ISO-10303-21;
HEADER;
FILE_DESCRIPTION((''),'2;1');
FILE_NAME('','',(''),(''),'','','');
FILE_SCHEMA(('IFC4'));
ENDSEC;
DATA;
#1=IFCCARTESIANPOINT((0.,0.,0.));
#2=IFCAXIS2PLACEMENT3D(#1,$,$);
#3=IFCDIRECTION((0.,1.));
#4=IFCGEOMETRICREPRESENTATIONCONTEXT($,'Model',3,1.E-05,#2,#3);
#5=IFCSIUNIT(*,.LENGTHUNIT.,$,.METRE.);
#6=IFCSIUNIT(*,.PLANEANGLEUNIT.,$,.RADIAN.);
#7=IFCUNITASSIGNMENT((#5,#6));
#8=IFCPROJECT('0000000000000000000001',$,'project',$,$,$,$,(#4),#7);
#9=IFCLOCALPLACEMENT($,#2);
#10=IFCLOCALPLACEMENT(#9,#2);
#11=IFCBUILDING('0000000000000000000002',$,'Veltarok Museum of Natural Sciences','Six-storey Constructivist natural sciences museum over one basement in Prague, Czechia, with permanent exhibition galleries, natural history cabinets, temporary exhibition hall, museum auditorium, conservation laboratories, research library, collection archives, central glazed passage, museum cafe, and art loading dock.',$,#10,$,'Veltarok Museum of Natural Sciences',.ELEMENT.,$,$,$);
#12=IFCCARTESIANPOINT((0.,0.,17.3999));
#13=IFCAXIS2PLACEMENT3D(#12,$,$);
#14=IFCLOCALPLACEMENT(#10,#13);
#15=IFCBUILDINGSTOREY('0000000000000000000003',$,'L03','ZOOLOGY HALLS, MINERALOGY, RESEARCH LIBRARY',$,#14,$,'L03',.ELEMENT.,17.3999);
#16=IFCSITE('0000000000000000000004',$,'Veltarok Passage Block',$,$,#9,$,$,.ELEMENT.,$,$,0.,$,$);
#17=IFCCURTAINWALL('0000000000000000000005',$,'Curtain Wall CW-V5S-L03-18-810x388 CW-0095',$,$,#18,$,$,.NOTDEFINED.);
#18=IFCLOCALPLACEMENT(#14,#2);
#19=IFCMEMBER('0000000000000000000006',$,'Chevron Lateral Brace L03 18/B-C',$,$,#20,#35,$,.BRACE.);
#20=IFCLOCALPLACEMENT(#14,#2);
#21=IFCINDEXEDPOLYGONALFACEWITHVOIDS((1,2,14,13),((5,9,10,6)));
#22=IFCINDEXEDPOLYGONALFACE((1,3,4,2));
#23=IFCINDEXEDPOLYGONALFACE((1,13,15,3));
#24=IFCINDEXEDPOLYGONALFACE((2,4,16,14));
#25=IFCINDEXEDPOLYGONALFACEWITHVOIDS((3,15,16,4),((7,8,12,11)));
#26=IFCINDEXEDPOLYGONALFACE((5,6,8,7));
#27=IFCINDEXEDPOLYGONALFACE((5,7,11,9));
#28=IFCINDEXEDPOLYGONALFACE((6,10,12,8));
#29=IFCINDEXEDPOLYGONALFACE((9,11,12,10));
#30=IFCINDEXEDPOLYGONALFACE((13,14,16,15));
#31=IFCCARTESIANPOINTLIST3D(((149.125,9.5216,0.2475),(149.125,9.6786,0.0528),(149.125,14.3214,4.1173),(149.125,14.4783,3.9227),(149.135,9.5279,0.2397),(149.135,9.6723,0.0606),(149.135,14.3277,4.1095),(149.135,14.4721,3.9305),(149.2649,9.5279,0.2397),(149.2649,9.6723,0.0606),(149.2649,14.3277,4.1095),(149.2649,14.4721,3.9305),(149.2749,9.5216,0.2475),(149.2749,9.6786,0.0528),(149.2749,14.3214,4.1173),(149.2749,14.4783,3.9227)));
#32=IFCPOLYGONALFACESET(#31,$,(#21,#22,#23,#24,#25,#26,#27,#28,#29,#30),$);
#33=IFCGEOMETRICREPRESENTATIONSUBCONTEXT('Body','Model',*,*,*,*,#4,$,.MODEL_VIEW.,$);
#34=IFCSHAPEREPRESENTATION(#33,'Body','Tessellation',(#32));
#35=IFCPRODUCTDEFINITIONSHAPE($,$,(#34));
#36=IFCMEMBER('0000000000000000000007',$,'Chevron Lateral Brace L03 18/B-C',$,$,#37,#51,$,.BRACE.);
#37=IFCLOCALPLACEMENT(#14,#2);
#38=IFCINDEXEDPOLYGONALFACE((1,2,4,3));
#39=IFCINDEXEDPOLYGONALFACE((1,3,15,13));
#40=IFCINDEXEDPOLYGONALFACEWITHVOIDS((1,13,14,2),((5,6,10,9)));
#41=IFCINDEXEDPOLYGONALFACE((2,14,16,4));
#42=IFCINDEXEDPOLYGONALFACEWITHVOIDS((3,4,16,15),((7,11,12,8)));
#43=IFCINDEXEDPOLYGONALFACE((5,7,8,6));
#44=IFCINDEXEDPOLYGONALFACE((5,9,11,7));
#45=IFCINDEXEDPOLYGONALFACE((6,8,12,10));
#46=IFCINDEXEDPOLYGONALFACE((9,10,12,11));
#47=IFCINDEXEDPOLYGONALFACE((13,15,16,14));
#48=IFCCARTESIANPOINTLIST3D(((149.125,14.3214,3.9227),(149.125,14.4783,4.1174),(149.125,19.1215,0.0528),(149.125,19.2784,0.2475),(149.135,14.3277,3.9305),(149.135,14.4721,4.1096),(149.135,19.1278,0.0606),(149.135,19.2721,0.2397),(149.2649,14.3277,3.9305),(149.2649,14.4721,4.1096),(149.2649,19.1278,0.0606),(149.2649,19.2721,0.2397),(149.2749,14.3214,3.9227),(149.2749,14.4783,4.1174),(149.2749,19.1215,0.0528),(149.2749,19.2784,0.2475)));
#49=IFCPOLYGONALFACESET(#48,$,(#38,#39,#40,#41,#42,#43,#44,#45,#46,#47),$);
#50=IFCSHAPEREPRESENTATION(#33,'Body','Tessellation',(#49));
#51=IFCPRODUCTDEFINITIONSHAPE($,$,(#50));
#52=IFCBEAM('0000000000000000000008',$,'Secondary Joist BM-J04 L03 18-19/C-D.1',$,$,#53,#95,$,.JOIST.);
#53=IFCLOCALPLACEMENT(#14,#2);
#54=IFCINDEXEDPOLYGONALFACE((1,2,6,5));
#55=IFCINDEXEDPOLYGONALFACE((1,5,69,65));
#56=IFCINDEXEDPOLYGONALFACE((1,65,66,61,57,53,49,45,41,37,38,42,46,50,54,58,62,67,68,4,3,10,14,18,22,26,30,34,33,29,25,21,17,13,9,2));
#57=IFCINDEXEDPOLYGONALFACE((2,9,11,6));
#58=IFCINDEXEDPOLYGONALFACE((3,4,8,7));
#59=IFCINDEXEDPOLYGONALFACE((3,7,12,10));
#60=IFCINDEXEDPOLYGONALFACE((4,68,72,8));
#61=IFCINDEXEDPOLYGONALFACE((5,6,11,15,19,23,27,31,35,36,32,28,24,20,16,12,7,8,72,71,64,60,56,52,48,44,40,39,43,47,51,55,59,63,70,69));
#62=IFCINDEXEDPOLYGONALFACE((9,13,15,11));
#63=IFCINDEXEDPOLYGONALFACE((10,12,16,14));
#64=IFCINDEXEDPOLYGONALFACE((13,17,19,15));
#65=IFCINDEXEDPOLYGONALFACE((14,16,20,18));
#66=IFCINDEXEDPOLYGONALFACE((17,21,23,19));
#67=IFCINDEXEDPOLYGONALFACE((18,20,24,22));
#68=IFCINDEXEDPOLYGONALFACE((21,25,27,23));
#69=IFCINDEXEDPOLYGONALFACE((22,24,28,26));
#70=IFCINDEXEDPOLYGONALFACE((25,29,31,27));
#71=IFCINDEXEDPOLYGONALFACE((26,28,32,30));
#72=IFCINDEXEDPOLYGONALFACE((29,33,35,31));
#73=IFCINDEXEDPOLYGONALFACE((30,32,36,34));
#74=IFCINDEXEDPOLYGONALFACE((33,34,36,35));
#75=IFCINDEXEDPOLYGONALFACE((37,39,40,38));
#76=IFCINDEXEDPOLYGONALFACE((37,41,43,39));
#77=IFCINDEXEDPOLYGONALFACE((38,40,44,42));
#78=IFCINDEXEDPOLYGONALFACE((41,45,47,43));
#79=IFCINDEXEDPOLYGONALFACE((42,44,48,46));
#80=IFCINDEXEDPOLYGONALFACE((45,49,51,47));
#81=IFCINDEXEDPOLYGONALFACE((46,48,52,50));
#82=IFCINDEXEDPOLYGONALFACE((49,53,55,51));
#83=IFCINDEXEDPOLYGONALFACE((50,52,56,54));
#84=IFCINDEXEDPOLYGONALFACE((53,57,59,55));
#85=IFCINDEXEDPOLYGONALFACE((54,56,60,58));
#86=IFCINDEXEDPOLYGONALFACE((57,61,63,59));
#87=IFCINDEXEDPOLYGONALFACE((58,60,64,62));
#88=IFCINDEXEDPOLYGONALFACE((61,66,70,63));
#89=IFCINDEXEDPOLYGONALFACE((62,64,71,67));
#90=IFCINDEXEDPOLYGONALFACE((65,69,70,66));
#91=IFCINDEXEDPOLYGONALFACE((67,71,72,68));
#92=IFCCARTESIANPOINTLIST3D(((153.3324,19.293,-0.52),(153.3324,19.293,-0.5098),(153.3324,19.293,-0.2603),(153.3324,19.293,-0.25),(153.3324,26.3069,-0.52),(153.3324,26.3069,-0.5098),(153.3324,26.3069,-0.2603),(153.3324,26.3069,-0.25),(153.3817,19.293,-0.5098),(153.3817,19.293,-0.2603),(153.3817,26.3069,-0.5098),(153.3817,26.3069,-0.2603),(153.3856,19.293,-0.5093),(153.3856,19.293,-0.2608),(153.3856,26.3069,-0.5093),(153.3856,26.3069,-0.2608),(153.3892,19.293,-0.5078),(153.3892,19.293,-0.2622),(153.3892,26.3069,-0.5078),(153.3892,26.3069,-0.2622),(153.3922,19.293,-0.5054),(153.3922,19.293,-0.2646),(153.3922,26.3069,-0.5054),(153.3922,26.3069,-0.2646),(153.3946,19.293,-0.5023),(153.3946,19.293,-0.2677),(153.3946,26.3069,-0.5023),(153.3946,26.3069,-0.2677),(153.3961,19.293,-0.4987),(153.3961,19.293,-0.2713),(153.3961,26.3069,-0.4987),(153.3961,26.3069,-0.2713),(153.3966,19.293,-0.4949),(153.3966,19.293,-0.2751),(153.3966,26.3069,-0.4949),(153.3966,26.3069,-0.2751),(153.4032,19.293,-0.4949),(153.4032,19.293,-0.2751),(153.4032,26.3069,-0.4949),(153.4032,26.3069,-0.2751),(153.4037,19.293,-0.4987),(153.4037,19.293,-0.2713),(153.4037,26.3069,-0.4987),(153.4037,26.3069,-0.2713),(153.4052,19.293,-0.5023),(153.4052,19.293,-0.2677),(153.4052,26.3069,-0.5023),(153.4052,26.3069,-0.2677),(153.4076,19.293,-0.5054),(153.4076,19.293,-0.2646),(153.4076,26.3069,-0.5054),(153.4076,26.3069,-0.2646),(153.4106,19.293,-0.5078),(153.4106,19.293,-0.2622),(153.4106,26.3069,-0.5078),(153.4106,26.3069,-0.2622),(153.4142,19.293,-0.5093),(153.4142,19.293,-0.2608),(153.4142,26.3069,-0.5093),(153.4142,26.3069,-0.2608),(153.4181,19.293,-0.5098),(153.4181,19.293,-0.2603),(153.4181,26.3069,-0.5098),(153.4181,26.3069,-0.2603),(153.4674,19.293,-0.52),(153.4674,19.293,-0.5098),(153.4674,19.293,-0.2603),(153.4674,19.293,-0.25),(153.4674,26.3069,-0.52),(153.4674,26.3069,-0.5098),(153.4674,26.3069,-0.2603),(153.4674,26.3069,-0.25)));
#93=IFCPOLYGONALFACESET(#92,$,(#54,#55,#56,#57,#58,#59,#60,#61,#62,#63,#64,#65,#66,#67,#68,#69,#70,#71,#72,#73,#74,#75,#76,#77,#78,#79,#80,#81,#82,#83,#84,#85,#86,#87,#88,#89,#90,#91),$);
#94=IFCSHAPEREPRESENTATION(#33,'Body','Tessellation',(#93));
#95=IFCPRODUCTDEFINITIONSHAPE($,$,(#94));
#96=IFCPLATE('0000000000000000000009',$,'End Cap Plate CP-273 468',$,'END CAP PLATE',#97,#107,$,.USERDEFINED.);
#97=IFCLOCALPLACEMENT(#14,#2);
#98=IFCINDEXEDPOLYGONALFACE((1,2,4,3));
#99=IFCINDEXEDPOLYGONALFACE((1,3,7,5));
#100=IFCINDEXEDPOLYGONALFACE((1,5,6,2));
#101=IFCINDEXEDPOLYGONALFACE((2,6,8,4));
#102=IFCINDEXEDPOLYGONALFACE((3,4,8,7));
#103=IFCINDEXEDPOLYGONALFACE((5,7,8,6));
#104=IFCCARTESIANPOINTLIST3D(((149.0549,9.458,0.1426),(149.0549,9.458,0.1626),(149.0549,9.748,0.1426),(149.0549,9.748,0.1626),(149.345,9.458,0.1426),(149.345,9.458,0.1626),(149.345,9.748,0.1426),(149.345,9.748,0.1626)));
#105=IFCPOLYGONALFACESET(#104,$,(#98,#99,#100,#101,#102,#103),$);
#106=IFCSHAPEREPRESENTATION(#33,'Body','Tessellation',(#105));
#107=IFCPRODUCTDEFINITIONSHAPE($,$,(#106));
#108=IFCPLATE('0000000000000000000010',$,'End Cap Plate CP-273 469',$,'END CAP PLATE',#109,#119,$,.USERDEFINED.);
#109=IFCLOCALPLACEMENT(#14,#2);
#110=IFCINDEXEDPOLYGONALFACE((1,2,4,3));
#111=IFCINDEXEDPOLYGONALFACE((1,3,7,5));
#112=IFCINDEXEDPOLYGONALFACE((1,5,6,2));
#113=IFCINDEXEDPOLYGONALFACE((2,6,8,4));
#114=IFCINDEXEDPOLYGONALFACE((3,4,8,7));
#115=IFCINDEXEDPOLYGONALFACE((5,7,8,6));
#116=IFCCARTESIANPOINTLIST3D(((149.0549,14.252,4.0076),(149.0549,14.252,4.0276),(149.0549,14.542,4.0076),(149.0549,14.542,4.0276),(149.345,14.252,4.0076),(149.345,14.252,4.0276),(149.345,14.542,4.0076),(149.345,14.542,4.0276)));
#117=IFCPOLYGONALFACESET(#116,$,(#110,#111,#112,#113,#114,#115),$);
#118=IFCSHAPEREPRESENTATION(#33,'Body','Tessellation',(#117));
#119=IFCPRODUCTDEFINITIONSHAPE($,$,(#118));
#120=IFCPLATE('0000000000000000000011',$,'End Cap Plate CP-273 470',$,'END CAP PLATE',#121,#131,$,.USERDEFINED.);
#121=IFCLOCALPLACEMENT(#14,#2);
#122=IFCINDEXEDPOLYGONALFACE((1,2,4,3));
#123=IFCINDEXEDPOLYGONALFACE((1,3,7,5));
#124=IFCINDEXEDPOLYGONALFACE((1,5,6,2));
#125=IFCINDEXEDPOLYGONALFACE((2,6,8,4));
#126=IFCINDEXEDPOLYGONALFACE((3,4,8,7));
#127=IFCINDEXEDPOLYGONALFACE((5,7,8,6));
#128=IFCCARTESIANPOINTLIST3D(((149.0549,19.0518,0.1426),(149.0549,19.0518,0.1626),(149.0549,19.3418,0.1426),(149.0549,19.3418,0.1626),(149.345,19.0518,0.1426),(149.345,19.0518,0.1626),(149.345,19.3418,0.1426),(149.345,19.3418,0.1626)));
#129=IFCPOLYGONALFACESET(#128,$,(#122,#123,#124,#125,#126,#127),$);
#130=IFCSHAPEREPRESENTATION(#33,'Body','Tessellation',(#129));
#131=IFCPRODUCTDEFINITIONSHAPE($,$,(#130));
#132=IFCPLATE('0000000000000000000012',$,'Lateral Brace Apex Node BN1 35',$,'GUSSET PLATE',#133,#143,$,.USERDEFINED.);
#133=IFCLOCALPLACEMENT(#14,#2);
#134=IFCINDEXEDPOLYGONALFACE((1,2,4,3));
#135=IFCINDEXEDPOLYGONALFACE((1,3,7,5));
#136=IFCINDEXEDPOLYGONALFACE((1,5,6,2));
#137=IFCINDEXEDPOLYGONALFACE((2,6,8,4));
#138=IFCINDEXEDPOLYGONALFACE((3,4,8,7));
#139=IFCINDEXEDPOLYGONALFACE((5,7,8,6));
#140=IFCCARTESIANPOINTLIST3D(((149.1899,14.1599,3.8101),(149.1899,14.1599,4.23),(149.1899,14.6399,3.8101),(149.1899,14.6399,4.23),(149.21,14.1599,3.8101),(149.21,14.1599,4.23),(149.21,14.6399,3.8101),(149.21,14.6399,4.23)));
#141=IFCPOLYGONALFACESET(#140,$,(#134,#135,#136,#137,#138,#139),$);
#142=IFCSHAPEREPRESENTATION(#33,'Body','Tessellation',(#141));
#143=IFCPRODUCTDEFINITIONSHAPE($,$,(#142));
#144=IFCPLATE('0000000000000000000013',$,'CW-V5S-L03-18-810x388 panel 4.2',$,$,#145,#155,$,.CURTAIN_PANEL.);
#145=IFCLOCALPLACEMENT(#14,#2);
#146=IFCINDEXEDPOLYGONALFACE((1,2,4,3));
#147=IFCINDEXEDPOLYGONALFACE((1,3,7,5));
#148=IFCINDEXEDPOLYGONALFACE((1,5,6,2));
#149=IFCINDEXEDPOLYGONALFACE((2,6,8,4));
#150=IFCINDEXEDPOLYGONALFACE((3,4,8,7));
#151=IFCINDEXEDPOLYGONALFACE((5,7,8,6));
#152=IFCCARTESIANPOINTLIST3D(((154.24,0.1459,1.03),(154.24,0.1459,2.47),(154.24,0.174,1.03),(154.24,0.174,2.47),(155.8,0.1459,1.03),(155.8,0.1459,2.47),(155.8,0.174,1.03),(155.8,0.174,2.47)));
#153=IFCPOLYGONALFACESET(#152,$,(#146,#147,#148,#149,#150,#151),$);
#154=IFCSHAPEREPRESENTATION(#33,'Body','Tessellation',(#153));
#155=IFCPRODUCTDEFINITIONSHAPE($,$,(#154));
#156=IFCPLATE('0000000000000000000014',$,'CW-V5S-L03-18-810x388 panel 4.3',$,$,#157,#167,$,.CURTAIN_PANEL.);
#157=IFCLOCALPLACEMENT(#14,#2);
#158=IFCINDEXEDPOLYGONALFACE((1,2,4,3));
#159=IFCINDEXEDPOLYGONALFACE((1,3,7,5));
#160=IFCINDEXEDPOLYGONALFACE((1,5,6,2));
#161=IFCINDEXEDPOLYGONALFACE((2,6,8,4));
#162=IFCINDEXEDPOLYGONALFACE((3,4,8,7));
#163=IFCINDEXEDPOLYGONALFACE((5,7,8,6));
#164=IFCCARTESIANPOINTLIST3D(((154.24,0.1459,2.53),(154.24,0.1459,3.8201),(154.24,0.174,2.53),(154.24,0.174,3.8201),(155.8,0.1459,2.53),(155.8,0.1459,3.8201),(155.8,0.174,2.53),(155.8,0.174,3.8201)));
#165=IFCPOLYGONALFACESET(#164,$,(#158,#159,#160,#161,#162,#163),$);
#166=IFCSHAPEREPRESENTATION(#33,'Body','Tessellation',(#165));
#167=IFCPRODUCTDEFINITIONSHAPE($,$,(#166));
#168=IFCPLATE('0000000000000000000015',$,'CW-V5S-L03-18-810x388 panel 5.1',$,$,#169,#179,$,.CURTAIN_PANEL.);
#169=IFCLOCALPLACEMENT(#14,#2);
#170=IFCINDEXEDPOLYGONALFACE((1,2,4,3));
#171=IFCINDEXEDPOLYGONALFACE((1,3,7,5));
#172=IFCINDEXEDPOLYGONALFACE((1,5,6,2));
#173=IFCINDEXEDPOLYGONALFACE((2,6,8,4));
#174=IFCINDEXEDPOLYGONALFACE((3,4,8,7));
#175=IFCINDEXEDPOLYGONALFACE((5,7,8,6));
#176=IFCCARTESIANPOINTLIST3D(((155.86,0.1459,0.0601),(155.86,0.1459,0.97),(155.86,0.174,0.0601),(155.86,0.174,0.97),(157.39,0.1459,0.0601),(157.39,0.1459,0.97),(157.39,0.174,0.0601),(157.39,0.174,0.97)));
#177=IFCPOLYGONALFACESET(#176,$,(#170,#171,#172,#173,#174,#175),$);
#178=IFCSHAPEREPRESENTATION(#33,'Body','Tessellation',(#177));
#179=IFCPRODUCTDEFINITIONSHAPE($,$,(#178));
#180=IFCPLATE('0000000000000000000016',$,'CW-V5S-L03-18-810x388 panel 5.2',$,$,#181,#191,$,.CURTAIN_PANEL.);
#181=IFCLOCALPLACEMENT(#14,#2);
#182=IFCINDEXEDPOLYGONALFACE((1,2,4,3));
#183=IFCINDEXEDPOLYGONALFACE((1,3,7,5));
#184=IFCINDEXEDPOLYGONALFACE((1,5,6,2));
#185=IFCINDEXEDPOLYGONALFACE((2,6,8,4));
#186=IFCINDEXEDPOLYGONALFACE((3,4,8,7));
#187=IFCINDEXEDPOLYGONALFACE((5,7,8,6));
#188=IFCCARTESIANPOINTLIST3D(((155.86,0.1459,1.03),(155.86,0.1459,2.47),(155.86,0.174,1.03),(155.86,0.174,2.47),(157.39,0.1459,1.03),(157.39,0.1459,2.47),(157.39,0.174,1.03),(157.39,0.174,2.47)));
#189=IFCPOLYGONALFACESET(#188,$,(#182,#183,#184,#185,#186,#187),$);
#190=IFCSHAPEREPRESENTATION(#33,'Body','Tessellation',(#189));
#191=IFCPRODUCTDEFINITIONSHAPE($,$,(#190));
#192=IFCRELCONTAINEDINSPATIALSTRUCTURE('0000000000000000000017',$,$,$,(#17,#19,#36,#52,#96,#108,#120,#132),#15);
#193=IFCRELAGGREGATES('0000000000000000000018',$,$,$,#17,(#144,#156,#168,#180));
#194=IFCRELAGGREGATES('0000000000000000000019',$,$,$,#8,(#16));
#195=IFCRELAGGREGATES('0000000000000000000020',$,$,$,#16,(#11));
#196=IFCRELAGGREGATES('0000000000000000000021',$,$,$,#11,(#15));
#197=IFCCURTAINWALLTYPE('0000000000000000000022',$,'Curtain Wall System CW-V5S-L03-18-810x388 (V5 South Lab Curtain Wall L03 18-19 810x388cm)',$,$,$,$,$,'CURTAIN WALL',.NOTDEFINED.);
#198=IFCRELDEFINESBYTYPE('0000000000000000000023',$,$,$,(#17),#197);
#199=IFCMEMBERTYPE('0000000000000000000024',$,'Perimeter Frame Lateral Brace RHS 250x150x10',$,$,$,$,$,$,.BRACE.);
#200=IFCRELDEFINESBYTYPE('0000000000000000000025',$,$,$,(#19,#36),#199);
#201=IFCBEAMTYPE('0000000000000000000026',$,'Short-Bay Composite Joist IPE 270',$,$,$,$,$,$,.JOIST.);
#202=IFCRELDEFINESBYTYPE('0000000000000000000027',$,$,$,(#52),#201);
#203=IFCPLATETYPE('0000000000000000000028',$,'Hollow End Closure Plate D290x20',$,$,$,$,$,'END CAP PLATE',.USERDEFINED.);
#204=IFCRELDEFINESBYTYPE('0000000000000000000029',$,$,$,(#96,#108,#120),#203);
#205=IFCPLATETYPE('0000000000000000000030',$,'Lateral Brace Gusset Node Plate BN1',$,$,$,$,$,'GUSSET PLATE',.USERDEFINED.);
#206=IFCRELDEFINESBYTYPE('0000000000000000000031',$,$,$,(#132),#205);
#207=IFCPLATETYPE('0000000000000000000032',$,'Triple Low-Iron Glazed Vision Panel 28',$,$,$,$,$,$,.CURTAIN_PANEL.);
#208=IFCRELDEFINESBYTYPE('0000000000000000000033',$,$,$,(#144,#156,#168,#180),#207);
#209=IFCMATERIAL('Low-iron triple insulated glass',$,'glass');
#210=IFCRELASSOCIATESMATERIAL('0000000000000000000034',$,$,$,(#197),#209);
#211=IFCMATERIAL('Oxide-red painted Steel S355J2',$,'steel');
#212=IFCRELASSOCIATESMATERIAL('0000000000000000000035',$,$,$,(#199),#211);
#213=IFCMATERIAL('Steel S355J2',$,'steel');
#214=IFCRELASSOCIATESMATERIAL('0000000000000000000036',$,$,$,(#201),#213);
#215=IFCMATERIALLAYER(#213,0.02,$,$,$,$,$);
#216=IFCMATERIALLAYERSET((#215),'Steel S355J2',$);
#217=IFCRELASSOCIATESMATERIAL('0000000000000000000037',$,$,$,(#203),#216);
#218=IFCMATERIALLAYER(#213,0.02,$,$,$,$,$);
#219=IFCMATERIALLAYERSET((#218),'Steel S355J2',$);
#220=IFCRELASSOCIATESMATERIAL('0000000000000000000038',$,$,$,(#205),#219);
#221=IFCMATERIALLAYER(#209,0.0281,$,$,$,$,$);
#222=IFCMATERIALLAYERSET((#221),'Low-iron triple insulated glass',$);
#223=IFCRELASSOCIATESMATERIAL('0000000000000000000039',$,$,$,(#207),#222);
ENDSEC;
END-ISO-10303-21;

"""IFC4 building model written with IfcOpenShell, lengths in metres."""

from ifc_helpers import new_model, si_unit, direction, frame, origin, origin_2d, place, context, subcontext, project, spatial, rectangle, hollow_rectangle, i_section, extrude, material, layer, layer_set, material_profile, profile_set, type_object, element, aggregate, save


model = new_model("IFC4")

# Units and contexts
model_context = context("Model", 3, precision=1e-05, world=origin(), true_north=direction((0.0, 1.0)))
body_context = subcontext(model_context, "Body", "Model", "MODEL_VIEW")
ifc_project = project(units=[si_unit("LENGTHUNIT", "METRE"), si_unit("PLANEANGLEUNIT", "RADIAN")], contexts=[model_context])

# Site, building, storey
site_placement = place(None, origin())
site = spatial("IfcSite", under=ifc_project, at=site_placement, Name="Veltarok Passage Block", CompositionType="ELEMENT", RefElevation=0.0)
building_placement = place(site_placement, origin())
building = spatial("IfcBuilding", under=site, at=building_placement, Name="Veltarok Museum of Natural Sciences", Description="Six-storey Constructivist natural sciences museum over one basement in Prague, Czechia, with permanent exhibition galleries, natural history cabinets, temporary exhibition hall, museum auditorium, conservation laboratories, research library, collection archives, central glazed passage, museum cafe, and art loading dock.", LongName="Veltarok Museum of Natural Sciences", CompositionType="ELEMENT")
storey_placement = place(building_placement, frame((0.0, 0.0, 17.3999)))
storey = spatial("IfcBuildingStorey", under=building, at=storey_placement, Name="L03", Description="ZOOLOGY HALLS, MINERALOGY, RESEARCH LIBRARY", LongName="L03", CompositionType="ELEMENT", Elevation=17.3999)

# Curtain wall
ifc_material_1 = material(Name="Low-iron triple insulated glass", Category="glass")
curtain_wall_type_1 = type_object("IfcCurtainWallType", Name="Curtain Wall System CW-V5S-L03-18-810x388 (V5 South Lab Curtain Wall L03 18-19 810x388cm)", ElementType="CURTAIN WALL", PredefinedType="NOTDEFINED", material=ifc_material_1)
curtain_wall_1_placement = place(storey_placement, origin())
curtain_wall_1 = element("IfcCurtainWall", 1, at=curtain_wall_1_placement, inside=storey, type_object=curtain_wall_type_1, Name="Curtain Wall CW-V5S-L03-18-810x388 CW-0095", PredefinedType="NOTDEFINED")

# Shared definitions
ifc_material_2 = material(Name="Steel S355J2", Category="steel")

# Members
ifc_material_3 = material(Name="Oxide-red painted Steel S355J2", Category="steel")
ifc_material_profile_1 = material_profile(ifc_material_3, hollow_rectangle(XDim=0.1499, YDim=0.25, WallThickness=0.01, at=origin_2d()), Name="RHS 250x150x10")
ifc_profile_set_1 = profile_set([ifc_material_profile_1], Name="Oxide-red painted Steel S355J2")
member_type_1 = type_object("IfcMemberType", Name="Perimeter Frame Lateral Brace RHS 250x150x10", PredefinedType="BRACE", material=ifc_profile_set_1)
member_1_placement = place(storey_placement, frame((149.2, 9.6001, 0.1501), z_axis=(0.0, 0.778487, 0.62766), x_axis=(-1.0, 0.0, 0.0)))
element("IfcMember", 2, at=member_1_placement, inside=storey, type_object=member_type_1, Name="Chevron Lateral Brace L03 18/B-C", PredefinedType="BRACE", context=body_context, shape_type="SweptSolid", body=[
    extrude(hollow_rectangle(XDim=0.1499, YDim=0.25, WallThickness=0.01, at=origin_2d()), origin(), (0.0, 0.0, 1.0), 6.1655),
])
member_2_placement = place(storey_placement, frame((149.2, 19.2, 0.1501), z_axis=(0.0, -0.778503, 0.627641), x_axis=(1.0, 0.0, 0.0)))
element("IfcMember", 3, at=member_2_placement, inside=storey, type_object=member_type_1, Name="Chevron Lateral Brace L03 18/B-C", PredefinedType="BRACE", context=body_context, shape_type="SweptSolid", body=[
    extrude(hollow_rectangle(XDim=0.1499, YDim=0.25, WallThickness=0.01, at=origin_2d()), origin(), (0.0, 0.0, 1.0), 6.1658),
])

# Beam
ifc_material_profile_2 = material_profile(ifc_material_2, i_section(OverallWidth=0.135, OverallDepth=0.27, WebThickness=0.0066, FlangeThickness=0.0103, FilletRadius=0.0149, at=origin_2d()), Name="IPE 270")
ifc_profile_set_2 = profile_set([ifc_material_profile_2], Name="Steel S355J2")
beam_type_1 = type_object("IfcBeamType", Name="Short-Bay Composite Joist IPE 270", PredefinedType="JOIST", material=ifc_profile_set_2)
beam_1_placement = place(storey_placement, frame((153.3999, 19.293, -0.385), z_axis=(0.0, 1.0, 0.0), x_axis=(-1.0, 0.0, 0.0)))
element("IfcBeam", 4, at=beam_1_placement, inside=storey, type_object=beam_type_1, Name="Secondary Joist BM-J04 L03 18-19/C-D.1", PredefinedType="JOIST", context=body_context, shape_type="SweptSolid", body=[
    extrude(i_section(OverallWidth=0.135, OverallDepth=0.27, WebThickness=0.0066, FlangeThickness=0.0103, FilletRadius=0.0149, at=origin_2d()), origin(), (0.0, 0.0, 1.0), 7.0139),
])

# Plates
ifc_layer_1 = layer(ifc_material_2, 0.02)
ifc_layer_set_1 = layer_set([ifc_layer_1], Name="Steel S355J2")
plate_type_1 = type_object("IfcPlateType", Name="Hollow End Closure Plate D290x20", ElementType="END CAP PLATE", PredefinedType="USERDEFINED", material=ifc_layer_set_1)
for number, where, z_axis, x_axis, name in (
    (5, (149.2, 9.603, 0.1426), (0.0, 0.0, 1.0), (0.0, 1.0, 0.0), "End Cap Plate CP-273 468"),
    (6, (149.2, 14.397, 4.0076), (0.0, 0.0, 1.0), (0.0, 1.0, 0.0), "End Cap Plate CP-273 469"),
    (7, (149.2, 19.1968, 0.1426), (0.0, 0.0, 1.0), (0.0, 1.0, 0.0), "End Cap Plate CP-273 470"),
):
    element("IfcPlate", number, at=place(storey_placement, frame(where, z_axis=z_axis, x_axis=x_axis)), inside=storey, type_object=plate_type_1, Name=name, ObjectType="END CAP PLATE", PredefinedType="USERDEFINED", context=body_context, shape_type="SweptSolid", body=[
        extrude(rectangle(XDim=0.29, YDim=0.29, at=origin_2d()), origin(), (0.0, 0.0, 1.0), 0.02),
    ])
ifc_layer_2 = layer(ifc_material_2, 0.02)
ifc_layer_set_2 = layer_set([ifc_layer_2], Name="Steel S355J2")
plate_type_2 = type_object("IfcPlateType", Name="Lateral Brace Gusset Node Plate BN1", ElementType="GUSSET PLATE", PredefinedType="USERDEFINED", material=ifc_layer_set_2)
plate_1_placement = place(storey_placement, frame((149.2, 14.3999, 3.8101), z_axis=(0.0, 0.0, 1.0), x_axis=(1.0, 0.0, 0.0)))
element("IfcPlate", 8, at=plate_1_placement, inside=storey, type_object=plate_type_2, Name="Lateral Brace Apex Node BN1 35", ObjectType="GUSSET PLATE", PredefinedType="USERDEFINED", context=body_context, shape_type="SweptSolid", body=[
    extrude(rectangle(XDim=0.02, YDim=0.48, at=origin_2d()), origin(), (0.0, 0.0, 1.0), 0.4199),
])

# Plates
ifc_layer_3 = layer(ifc_material_1, 0.0281)
ifc_layer_set_3 = layer_set([ifc_layer_3], Name="Low-iron triple insulated glass")
plate_type_3 = type_object("IfcPlateType", Name="Triple Low-Iron Glazed Vision Panel 28", PredefinedType="CURTAIN_PANEL", material=ifc_layer_set_3)
plate_2_placement = place(storey_placement, frame((155.02, 0.1599, 1.03), z_axis=(0.0, 0.0, 1.0), x_axis=(1.0, 0.0, 0.0)))
plate_2 = element("IfcPlate", 9, at=plate_2_placement, type_object=plate_type_3, Name="CW-V5S-L03-18-810x388 panel 4.2", PredefinedType="CURTAIN_PANEL", context=body_context, shape_type="SweptSolid", body=[
    extrude(rectangle(XDim=1.5601, YDim=0.0281, at=origin_2d()), origin(), (0.0, 0.0, 1.0), 1.4399),
])
plate_3_placement = place(storey_placement, frame((155.02, 0.1599, 2.53), z_axis=(0.0, 0.0, 1.0), x_axis=(1.0, 0.0, 0.0)))
plate_3 = element("IfcPlate", 10, at=plate_3_placement, type_object=plate_type_3, Name="CW-V5S-L03-18-810x388 panel 4.3", PredefinedType="CURTAIN_PANEL", context=body_context, shape_type="SweptSolid", body=[
    extrude(rectangle(XDim=1.5601, YDim=0.0281, at=origin_2d()), origin(), (0.0, 0.0, 1.0), 1.29),
])
plate_4_placement = place(storey_placement, frame((156.625, 0.1599, 0.0601), z_axis=(0.0, 0.0, 1.0), x_axis=(1.0, 0.0, 0.0)))
plate_4 = element("IfcPlate", 11, at=plate_4_placement, type_object=plate_type_3, Name="CW-V5S-L03-18-810x388 panel 5.1", PredefinedType="CURTAIN_PANEL", context=body_context, shape_type="SweptSolid", body=[
    extrude(rectangle(XDim=1.53, YDim=0.0281, at=origin_2d()), origin(), (0.0, 0.0, 1.0), 0.9099),
])
plate_5_placement = place(storey_placement, frame((156.625, 0.1599, 1.03), z_axis=(0.0, 0.0, 1.0), x_axis=(1.0, 0.0, 0.0)))
plate_5 = element("IfcPlate", 12, at=plate_5_placement, type_object=plate_type_3, Name="CW-V5S-L03-18-810x388 panel 5.2", PredefinedType="CURTAIN_PANEL", context=body_context, shape_type="SweptSolid", body=[
    extrude(rectangle(XDim=1.53, YDim=0.0281, at=origin_2d()), origin(), (0.0, 0.0, 1.0), 1.4399),
])
aggregate(curtain_wall_1, [plate_2, plate_3, plate_4, plate_5])

save(model, "model.ifc")
